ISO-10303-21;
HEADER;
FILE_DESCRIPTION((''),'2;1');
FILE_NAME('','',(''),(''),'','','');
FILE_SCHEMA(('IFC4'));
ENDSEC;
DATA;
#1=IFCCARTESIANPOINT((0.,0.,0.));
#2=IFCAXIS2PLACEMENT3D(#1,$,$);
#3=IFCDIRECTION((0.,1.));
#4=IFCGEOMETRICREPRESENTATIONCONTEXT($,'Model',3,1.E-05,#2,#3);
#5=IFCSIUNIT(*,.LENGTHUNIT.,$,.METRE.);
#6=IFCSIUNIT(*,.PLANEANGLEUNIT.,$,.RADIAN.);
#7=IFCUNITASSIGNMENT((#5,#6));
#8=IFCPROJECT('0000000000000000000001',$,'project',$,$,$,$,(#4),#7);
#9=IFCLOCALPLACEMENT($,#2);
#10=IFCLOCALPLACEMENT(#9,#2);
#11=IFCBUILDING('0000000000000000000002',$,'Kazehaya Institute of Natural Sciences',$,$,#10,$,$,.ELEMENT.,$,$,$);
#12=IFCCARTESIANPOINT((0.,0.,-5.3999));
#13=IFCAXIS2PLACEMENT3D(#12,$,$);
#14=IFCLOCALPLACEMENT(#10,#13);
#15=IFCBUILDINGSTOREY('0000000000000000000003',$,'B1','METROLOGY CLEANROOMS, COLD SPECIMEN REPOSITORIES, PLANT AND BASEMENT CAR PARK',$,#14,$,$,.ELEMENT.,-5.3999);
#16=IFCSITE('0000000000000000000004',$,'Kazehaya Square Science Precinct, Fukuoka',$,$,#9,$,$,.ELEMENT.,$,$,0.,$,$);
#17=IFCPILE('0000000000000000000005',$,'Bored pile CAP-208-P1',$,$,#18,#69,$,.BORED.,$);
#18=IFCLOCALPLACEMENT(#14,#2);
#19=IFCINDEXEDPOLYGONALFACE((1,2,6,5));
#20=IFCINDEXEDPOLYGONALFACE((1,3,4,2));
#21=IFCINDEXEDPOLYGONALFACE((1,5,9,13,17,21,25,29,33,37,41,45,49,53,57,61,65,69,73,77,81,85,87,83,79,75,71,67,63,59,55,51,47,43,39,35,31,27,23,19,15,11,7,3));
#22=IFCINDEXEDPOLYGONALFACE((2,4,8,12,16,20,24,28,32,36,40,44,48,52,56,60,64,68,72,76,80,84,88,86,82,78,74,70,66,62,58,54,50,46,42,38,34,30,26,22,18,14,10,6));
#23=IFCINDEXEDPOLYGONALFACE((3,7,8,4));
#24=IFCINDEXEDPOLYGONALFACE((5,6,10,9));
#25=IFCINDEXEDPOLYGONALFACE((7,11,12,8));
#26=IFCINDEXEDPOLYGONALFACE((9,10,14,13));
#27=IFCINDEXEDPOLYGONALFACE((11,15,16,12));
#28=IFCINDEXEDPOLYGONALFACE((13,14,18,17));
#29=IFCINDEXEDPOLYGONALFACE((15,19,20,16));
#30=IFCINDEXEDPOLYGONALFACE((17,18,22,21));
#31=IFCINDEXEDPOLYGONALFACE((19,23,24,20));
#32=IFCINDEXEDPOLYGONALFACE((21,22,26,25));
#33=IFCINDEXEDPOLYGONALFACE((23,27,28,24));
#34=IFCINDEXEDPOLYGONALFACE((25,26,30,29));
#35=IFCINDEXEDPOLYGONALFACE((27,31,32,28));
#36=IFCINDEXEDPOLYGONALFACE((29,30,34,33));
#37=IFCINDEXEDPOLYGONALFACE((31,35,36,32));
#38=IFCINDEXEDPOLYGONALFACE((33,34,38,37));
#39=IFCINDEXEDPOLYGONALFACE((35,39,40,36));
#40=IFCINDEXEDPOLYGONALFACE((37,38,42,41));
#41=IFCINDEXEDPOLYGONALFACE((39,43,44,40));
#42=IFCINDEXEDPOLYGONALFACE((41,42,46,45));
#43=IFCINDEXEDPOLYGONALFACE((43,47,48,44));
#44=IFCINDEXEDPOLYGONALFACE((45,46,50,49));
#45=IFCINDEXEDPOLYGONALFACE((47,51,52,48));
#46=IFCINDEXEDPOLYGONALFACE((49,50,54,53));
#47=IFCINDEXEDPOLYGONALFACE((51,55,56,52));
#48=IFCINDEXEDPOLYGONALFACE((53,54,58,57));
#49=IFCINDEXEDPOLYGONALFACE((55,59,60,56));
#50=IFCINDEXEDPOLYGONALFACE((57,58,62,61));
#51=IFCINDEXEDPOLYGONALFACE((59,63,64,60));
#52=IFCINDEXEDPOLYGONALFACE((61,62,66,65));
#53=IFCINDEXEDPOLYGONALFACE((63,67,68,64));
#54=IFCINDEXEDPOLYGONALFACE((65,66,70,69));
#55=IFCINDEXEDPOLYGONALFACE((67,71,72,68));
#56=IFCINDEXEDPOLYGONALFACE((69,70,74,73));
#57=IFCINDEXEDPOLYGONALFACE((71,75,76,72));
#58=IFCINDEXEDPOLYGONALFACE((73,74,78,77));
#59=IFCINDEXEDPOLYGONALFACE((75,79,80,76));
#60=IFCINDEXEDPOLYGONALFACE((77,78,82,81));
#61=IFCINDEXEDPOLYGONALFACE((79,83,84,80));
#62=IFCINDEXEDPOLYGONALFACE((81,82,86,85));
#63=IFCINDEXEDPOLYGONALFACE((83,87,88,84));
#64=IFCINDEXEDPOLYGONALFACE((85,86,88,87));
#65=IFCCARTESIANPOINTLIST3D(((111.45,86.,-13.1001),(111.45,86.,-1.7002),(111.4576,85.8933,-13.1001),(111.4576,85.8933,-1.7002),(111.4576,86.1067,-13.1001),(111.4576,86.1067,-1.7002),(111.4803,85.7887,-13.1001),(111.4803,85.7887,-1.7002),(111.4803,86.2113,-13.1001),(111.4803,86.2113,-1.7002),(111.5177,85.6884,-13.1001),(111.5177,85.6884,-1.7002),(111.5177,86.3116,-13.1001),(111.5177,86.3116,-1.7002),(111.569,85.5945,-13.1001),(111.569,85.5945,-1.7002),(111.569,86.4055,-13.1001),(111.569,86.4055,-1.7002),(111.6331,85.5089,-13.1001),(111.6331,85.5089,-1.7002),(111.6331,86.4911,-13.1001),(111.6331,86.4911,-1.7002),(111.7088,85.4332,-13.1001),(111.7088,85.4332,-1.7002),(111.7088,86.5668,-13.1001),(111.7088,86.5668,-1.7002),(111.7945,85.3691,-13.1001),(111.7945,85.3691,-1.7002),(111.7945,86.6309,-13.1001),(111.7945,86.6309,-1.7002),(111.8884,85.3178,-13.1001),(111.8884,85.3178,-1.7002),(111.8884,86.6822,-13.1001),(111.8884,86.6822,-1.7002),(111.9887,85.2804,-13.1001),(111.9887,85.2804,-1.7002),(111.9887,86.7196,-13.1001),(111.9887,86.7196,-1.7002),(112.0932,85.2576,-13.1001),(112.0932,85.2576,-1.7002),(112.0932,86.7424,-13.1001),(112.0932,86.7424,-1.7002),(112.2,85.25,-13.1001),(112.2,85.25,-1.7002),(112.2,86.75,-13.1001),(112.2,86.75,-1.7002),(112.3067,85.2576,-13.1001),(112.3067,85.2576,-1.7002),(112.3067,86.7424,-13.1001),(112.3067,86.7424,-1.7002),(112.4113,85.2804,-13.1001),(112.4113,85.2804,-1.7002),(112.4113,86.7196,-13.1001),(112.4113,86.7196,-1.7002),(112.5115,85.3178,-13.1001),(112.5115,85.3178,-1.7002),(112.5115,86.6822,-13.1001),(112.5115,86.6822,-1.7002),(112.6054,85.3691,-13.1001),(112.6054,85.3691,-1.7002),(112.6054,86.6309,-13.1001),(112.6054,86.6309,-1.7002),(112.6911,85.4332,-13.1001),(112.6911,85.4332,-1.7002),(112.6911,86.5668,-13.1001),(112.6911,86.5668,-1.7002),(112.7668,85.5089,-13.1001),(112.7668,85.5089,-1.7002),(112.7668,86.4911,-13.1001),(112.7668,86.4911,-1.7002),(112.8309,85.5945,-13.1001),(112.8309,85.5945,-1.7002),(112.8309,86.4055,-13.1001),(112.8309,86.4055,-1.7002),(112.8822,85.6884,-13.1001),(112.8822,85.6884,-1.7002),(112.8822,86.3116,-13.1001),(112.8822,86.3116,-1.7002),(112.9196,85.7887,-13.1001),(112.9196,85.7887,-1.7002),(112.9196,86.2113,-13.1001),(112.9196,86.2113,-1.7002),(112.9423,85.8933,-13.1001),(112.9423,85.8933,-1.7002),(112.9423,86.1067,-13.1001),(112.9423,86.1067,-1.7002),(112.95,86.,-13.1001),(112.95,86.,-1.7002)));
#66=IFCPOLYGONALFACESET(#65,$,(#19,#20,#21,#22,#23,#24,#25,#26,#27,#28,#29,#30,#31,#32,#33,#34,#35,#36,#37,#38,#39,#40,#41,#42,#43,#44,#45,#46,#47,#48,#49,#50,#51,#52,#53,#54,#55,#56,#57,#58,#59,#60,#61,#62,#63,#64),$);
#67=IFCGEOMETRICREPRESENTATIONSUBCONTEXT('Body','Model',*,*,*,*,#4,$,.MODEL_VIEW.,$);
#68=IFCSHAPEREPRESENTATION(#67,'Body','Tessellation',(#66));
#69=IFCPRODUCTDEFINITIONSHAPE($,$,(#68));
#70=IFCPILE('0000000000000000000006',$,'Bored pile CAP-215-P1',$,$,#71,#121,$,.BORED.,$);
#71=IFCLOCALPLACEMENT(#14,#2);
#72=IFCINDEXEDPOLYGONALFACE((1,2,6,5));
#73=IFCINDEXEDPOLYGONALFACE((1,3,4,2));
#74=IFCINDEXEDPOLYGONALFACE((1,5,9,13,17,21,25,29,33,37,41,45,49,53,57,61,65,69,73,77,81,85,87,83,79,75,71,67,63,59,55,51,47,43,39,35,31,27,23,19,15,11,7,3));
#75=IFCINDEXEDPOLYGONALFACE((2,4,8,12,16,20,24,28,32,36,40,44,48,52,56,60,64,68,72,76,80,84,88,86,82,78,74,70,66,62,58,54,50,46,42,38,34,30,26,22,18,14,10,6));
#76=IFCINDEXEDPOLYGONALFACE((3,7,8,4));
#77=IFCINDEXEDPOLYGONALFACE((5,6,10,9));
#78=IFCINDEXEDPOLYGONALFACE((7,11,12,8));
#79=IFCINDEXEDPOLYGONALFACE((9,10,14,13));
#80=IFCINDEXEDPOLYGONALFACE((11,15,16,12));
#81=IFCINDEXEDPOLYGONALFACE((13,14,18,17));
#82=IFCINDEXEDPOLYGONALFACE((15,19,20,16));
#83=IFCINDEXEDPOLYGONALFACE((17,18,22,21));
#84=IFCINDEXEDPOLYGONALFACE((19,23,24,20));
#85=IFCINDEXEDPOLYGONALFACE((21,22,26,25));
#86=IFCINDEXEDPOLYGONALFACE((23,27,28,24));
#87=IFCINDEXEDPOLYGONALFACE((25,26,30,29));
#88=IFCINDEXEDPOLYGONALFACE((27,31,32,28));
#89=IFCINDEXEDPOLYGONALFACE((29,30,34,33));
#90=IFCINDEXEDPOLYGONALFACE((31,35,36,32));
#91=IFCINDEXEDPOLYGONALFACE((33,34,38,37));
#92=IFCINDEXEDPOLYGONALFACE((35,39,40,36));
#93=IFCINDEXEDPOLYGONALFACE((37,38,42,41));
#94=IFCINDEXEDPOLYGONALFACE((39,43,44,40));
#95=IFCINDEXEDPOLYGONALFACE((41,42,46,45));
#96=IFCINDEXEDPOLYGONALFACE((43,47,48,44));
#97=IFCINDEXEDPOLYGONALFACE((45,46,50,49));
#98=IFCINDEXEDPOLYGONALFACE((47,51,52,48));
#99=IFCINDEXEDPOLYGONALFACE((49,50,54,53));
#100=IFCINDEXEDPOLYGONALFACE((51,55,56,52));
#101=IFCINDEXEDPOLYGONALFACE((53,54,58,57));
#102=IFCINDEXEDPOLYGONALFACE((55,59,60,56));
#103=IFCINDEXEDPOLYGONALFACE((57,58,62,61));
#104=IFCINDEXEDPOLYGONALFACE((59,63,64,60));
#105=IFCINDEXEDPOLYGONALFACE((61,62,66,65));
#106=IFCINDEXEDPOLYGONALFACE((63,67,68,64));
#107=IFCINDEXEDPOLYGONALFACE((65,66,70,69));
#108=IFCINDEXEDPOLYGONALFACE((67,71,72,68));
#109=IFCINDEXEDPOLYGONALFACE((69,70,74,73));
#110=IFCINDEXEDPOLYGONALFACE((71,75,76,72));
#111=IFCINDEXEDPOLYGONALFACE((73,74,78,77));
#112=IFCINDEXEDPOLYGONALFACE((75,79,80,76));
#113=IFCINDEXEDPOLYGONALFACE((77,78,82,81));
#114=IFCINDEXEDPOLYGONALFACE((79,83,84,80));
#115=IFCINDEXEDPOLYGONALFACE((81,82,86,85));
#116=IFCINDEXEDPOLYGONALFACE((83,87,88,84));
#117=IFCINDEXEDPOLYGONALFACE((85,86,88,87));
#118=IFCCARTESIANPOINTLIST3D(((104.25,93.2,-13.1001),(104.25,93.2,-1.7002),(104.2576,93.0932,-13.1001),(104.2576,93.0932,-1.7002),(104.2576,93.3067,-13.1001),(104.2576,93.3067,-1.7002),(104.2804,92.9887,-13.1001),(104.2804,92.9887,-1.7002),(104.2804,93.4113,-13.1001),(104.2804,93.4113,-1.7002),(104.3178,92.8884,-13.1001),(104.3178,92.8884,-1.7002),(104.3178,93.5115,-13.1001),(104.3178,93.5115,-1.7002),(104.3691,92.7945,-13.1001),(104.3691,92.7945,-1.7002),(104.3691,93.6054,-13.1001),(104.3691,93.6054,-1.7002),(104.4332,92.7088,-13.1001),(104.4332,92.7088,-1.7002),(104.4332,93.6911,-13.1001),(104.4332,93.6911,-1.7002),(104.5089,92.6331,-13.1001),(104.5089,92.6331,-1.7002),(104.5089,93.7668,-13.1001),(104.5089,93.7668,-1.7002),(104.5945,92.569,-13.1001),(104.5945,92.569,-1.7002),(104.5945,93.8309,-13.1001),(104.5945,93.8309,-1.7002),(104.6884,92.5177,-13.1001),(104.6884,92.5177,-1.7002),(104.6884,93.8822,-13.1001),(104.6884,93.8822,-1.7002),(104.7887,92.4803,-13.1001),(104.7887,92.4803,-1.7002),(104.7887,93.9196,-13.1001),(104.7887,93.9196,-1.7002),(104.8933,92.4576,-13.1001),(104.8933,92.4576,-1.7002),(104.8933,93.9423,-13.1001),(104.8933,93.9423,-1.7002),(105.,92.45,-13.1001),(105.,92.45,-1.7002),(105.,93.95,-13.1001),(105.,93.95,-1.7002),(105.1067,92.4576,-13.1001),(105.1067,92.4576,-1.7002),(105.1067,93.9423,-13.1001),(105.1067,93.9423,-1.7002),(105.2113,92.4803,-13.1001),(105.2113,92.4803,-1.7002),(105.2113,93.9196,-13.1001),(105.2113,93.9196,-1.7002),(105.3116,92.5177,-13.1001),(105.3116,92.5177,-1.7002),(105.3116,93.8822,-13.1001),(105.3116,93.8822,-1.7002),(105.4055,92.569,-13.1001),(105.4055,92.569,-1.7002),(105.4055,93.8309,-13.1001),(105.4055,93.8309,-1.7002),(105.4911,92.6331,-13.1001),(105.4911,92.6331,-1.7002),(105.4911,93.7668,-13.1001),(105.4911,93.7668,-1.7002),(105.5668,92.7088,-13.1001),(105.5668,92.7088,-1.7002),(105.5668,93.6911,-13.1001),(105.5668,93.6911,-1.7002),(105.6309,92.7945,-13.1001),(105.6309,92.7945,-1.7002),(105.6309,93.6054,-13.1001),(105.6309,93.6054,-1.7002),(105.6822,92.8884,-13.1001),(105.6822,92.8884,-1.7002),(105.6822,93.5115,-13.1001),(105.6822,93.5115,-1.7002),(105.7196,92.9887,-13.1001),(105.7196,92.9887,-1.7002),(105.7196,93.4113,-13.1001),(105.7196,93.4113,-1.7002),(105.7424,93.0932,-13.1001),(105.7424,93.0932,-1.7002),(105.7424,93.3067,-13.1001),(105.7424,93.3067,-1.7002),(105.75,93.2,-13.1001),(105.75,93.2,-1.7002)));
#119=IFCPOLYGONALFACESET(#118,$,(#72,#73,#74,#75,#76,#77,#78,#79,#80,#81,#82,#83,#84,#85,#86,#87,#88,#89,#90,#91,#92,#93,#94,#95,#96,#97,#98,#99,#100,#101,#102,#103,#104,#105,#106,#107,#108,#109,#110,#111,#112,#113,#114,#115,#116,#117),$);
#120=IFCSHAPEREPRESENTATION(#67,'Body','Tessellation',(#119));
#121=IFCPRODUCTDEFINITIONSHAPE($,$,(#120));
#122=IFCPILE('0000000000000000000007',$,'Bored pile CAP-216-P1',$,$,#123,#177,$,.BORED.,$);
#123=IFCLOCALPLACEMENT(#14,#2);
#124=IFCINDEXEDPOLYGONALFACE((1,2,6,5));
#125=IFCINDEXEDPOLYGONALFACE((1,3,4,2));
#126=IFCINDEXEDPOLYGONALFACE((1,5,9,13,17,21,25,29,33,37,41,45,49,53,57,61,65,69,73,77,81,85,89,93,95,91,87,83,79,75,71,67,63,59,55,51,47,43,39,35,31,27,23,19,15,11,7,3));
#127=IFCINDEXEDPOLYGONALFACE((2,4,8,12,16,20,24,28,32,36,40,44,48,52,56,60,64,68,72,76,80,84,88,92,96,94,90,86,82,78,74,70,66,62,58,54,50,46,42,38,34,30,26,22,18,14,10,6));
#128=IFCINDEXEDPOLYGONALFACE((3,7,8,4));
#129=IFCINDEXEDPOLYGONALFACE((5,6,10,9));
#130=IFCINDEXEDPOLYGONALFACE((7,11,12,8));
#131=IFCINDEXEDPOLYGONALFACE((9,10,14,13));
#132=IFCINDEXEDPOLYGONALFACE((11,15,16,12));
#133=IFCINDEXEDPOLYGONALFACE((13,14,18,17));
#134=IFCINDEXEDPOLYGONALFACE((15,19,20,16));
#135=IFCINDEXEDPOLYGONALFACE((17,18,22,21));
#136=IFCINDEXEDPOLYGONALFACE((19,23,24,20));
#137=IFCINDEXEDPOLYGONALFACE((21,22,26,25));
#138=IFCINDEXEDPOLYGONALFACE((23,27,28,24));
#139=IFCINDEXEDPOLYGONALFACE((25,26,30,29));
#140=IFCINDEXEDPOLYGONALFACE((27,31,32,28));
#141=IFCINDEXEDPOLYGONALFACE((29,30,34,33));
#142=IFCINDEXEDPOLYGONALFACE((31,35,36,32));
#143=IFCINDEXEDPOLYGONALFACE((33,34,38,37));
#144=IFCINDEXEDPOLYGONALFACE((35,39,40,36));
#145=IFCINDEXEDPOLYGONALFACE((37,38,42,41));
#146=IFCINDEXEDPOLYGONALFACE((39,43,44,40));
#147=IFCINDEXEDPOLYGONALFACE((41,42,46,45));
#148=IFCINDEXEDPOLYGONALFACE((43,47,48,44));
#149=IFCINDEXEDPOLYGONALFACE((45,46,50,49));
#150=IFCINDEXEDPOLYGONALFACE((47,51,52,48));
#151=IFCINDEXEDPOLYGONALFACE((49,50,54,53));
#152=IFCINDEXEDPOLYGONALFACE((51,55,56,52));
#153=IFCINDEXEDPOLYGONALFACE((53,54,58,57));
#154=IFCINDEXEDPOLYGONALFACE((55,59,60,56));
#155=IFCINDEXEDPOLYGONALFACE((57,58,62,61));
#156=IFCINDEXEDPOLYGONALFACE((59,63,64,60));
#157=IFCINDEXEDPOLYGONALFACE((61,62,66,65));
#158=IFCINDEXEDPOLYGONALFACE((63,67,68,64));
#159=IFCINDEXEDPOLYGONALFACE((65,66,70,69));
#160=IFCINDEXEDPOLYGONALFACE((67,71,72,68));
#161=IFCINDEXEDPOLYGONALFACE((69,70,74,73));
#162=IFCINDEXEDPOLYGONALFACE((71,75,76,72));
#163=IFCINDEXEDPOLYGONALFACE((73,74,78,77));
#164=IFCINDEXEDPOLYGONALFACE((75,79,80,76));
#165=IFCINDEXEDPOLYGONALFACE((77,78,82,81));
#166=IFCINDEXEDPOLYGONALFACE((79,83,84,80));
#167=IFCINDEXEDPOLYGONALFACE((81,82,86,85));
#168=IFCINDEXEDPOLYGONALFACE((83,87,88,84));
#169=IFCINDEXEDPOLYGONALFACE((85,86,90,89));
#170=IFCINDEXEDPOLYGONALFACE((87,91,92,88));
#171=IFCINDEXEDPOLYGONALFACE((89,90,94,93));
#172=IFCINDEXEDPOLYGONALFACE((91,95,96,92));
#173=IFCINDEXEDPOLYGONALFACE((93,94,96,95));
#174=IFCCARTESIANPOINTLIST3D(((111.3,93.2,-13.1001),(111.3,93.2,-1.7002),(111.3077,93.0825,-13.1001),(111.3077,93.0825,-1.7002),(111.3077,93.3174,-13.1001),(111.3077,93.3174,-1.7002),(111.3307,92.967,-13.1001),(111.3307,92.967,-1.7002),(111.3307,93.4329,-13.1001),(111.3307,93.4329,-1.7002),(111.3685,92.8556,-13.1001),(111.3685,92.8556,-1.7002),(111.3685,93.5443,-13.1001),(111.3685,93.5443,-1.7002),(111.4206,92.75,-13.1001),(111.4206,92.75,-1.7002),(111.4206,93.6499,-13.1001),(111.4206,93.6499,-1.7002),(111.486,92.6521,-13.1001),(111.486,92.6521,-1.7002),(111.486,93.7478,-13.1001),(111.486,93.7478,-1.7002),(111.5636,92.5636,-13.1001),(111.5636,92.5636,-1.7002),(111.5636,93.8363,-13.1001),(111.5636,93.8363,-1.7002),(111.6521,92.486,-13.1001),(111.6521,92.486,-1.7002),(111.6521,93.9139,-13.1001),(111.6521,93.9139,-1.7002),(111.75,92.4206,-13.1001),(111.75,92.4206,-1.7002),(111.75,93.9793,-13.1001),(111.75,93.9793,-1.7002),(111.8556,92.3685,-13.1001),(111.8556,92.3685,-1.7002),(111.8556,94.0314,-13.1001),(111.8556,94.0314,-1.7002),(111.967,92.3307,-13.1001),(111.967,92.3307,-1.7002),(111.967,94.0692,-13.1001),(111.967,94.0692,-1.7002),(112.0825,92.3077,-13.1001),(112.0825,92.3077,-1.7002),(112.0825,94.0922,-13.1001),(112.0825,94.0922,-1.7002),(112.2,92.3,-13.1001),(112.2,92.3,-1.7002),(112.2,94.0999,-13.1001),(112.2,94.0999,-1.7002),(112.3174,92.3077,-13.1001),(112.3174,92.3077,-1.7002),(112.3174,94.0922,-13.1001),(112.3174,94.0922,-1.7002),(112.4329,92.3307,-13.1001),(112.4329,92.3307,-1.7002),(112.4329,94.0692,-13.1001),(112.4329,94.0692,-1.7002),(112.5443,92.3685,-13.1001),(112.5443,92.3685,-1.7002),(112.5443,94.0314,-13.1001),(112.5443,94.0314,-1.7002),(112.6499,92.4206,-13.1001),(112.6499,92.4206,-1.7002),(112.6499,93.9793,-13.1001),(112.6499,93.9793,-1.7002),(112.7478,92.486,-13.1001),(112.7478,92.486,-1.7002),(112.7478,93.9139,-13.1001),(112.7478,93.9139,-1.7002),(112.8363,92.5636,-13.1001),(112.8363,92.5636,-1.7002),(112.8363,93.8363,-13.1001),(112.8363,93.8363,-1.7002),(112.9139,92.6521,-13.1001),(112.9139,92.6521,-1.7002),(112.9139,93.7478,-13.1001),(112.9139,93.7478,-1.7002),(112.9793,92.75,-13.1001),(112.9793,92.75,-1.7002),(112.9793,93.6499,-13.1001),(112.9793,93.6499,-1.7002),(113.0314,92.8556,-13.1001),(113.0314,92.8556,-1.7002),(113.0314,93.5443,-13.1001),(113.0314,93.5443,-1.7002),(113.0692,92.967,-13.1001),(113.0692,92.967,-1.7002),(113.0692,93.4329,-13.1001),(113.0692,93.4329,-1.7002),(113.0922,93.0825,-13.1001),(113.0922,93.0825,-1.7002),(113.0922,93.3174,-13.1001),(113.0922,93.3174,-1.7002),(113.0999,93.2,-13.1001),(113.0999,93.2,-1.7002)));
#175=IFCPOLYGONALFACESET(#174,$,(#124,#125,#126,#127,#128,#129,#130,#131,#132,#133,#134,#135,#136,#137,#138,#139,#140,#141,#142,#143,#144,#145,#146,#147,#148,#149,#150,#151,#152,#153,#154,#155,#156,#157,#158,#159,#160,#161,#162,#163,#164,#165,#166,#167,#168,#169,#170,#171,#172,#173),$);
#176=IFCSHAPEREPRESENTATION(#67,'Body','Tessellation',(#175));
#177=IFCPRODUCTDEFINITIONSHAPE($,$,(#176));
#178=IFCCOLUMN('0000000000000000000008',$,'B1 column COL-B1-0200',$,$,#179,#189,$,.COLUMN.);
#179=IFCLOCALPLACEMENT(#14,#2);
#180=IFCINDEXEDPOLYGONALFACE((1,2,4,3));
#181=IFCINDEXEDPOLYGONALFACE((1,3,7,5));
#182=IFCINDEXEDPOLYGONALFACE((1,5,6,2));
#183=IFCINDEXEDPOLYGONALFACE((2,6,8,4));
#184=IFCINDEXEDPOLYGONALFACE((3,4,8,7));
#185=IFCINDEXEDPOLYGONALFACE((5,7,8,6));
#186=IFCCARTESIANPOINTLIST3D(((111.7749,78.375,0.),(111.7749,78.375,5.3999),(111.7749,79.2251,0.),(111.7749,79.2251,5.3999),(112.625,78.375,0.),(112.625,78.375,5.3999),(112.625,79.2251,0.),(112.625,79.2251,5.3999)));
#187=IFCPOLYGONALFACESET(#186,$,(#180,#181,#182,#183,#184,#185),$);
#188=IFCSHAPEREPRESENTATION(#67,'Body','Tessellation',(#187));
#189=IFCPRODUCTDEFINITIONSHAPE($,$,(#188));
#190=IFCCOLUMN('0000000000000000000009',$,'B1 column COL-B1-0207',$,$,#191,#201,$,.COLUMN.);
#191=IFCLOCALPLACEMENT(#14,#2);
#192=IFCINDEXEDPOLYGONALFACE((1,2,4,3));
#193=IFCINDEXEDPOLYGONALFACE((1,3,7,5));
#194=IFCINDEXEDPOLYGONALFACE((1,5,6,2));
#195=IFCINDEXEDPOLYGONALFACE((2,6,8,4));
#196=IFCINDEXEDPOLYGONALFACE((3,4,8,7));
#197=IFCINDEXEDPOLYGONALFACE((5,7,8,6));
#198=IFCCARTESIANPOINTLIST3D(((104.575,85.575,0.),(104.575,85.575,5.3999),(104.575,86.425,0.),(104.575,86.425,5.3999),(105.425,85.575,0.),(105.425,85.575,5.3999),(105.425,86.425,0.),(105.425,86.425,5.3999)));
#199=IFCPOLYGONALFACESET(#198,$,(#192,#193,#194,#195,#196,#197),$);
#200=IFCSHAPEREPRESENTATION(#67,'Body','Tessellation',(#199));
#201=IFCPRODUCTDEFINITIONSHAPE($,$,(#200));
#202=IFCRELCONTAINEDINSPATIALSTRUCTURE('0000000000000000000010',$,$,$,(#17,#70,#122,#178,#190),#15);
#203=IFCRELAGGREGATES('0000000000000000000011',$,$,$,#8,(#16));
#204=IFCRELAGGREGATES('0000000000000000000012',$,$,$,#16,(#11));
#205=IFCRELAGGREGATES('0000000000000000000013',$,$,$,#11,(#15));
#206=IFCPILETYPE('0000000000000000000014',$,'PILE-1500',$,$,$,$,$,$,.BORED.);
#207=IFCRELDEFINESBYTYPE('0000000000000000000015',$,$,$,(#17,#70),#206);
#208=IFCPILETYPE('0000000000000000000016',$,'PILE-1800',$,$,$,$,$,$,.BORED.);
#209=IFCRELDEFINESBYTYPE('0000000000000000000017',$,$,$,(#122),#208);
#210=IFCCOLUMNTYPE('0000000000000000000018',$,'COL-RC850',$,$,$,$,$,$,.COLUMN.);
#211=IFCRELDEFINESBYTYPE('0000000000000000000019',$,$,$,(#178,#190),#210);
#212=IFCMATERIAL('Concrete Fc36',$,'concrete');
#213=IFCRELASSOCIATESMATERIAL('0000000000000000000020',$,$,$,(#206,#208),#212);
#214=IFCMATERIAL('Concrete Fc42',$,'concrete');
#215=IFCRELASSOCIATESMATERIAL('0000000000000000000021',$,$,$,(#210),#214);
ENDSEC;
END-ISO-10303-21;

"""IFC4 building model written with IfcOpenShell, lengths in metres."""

from ifc_helpers import new_model, si_unit, direction, frame, origin, origin_2d, place, context, subcontext, project, spatial, rectangle, circle, extrude, material, material_profile, profile_set, type_object, element, save


model = new_model("IFC4")

# Units and contexts
model_context = context("Model", 3, precision=1e-05, world=origin(), true_north=direction((0.0, 1.0)))
body_context = subcontext(model_context, "Body", "Model", "MODEL_VIEW")
ifc_project = project(units=[si_unit("LENGTHUNIT", "METRE"), si_unit("PLANEANGLEUNIT", "RADIAN")], contexts=[model_context])

# Site, building, storey
site_placement = place(None, origin())
site = spatial("IfcSite", under=ifc_project, at=site_placement, Name="Kazehaya Square Science Precinct, Fukuoka", CompositionType="ELEMENT", RefElevation=0.0)
building_placement = place(site_placement, origin())
building = spatial("IfcBuilding", under=site, at=building_placement, Name="Kazehaya Institute of Natural Sciences", CompositionType="ELEMENT")
storey_placement = place(building_placement, frame((0.0, 0.0, -5.3999)))
storey = spatial("IfcBuildingStorey", under=building, at=storey_placement, Name="B1", Description="METROLOGY CLEANROOMS, COLD SPECIMEN REPOSITORIES, PLANT AND BASEMENT CAR PARK", CompositionType="ELEMENT", Elevation=-5.3999)

# Shared definitions
ifc_material_1 = material(Name="Concrete Fc36", Category="concrete")

# Piles
ifc_material_profile_1 = material_profile(ifc_material_1, circle(Radius=0.75, at=origin_2d()), Name="PILE-1500")
ifc_profile_set_1 = profile_set([ifc_material_profile_1], Name="Concrete Fc36")
pile_type_1 = type_object("IfcPileType", Name="PILE-1500", PredefinedType="BORED", material=ifc_profile_set_1)
for number, where, z_axis, x_axis, name in (
    (1, (112.2, 86.0, -1.7002), (0.0, 0.0, -1.0), (1.0, 0.0, 0.0), "Bored pile CAP-208-P1"),
    (2, (105.0, 93.2, -1.7002), (0.0, 0.0, -1.0), (1.0, 0.0, 0.0), "Bored pile CAP-215-P1"),
):
    element("IfcPile", number, at=place(storey_placement, frame(where, z_axis=z_axis, x_axis=x_axis)), inside=storey, type_object=pile_type_1, Name=name, PredefinedType="BORED", context=body_context, shape_type="SweptSolid", body=[
        extrude(circle(Radius=0.75, at=origin_2d()), origin(), (0.0, 0.0, 1.0), 11.3999),
    ])
ifc_material_profile_2 = material_profile(ifc_material_1, circle(Radius=0.8999, at=origin_2d()), Name="PILE-1800")
ifc_profile_set_2 = profile_set([ifc_material_profile_2], Name="Concrete Fc36")
pile_type_2 = type_object("IfcPileType", Name="PILE-1800", PredefinedType="BORED", material=ifc_profile_set_2)
pile_placement = place(storey_placement, frame((112.2, 93.2, -1.7002), z_axis=(0.0, 0.0, -1.0), x_axis=(1.0, 0.0, 0.0)))
element("IfcPile", 3, at=pile_placement, inside=storey, type_object=pile_type_2, Name="Bored pile CAP-216-P1", PredefinedType="BORED", context=body_context, shape_type="SweptSolid", body=[
    extrude(circle(Radius=0.8999, at=origin_2d()), origin(), (0.0, 0.0, 1.0), 11.3999),
])

# Columns
ifc_material_2 = material(Name="Concrete Fc42", Category="concrete")
ifc_material_profile_3 = material_profile(ifc_material_2, rectangle(XDim=0.8501, YDim=0.8501, at=origin_2d()), Name="RC-850x850")
ifc_profile_set_3 = profile_set([ifc_material_profile_3], Name="Concrete Fc42")
column_type = type_object("IfcColumnType", Name="COL-RC850", PredefinedType="COLUMN", material=ifc_profile_set_3)
for number, where, z_axis, x_axis, name in (
    (4, (112.2, 78.8, 0.0), (0.0, 0.0, 1.0), (1.0, 0.0, 0.0), "B1 column COL-B1-0200"),
    (5, (105.0, 86.0, 0.0), (0.0, 0.0, 1.0), (1.0, 0.0, 0.0), "B1 column COL-B1-0207"),
):
    element("IfcColumn", number, at=place(storey_placement, frame(where, z_axis=z_axis, x_axis=x_axis)), inside=storey, type_object=column_type, Name=name, PredefinedType="COLUMN", context=body_context, shape_type="SweptSolid", body=[
        extrude(rectangle(XDim=0.8501, YDim=0.8501, at=origin_2d()), origin(), (0.0, 0.0, 1.0), 5.3999),
    ])

save(model, "model.ifc")
